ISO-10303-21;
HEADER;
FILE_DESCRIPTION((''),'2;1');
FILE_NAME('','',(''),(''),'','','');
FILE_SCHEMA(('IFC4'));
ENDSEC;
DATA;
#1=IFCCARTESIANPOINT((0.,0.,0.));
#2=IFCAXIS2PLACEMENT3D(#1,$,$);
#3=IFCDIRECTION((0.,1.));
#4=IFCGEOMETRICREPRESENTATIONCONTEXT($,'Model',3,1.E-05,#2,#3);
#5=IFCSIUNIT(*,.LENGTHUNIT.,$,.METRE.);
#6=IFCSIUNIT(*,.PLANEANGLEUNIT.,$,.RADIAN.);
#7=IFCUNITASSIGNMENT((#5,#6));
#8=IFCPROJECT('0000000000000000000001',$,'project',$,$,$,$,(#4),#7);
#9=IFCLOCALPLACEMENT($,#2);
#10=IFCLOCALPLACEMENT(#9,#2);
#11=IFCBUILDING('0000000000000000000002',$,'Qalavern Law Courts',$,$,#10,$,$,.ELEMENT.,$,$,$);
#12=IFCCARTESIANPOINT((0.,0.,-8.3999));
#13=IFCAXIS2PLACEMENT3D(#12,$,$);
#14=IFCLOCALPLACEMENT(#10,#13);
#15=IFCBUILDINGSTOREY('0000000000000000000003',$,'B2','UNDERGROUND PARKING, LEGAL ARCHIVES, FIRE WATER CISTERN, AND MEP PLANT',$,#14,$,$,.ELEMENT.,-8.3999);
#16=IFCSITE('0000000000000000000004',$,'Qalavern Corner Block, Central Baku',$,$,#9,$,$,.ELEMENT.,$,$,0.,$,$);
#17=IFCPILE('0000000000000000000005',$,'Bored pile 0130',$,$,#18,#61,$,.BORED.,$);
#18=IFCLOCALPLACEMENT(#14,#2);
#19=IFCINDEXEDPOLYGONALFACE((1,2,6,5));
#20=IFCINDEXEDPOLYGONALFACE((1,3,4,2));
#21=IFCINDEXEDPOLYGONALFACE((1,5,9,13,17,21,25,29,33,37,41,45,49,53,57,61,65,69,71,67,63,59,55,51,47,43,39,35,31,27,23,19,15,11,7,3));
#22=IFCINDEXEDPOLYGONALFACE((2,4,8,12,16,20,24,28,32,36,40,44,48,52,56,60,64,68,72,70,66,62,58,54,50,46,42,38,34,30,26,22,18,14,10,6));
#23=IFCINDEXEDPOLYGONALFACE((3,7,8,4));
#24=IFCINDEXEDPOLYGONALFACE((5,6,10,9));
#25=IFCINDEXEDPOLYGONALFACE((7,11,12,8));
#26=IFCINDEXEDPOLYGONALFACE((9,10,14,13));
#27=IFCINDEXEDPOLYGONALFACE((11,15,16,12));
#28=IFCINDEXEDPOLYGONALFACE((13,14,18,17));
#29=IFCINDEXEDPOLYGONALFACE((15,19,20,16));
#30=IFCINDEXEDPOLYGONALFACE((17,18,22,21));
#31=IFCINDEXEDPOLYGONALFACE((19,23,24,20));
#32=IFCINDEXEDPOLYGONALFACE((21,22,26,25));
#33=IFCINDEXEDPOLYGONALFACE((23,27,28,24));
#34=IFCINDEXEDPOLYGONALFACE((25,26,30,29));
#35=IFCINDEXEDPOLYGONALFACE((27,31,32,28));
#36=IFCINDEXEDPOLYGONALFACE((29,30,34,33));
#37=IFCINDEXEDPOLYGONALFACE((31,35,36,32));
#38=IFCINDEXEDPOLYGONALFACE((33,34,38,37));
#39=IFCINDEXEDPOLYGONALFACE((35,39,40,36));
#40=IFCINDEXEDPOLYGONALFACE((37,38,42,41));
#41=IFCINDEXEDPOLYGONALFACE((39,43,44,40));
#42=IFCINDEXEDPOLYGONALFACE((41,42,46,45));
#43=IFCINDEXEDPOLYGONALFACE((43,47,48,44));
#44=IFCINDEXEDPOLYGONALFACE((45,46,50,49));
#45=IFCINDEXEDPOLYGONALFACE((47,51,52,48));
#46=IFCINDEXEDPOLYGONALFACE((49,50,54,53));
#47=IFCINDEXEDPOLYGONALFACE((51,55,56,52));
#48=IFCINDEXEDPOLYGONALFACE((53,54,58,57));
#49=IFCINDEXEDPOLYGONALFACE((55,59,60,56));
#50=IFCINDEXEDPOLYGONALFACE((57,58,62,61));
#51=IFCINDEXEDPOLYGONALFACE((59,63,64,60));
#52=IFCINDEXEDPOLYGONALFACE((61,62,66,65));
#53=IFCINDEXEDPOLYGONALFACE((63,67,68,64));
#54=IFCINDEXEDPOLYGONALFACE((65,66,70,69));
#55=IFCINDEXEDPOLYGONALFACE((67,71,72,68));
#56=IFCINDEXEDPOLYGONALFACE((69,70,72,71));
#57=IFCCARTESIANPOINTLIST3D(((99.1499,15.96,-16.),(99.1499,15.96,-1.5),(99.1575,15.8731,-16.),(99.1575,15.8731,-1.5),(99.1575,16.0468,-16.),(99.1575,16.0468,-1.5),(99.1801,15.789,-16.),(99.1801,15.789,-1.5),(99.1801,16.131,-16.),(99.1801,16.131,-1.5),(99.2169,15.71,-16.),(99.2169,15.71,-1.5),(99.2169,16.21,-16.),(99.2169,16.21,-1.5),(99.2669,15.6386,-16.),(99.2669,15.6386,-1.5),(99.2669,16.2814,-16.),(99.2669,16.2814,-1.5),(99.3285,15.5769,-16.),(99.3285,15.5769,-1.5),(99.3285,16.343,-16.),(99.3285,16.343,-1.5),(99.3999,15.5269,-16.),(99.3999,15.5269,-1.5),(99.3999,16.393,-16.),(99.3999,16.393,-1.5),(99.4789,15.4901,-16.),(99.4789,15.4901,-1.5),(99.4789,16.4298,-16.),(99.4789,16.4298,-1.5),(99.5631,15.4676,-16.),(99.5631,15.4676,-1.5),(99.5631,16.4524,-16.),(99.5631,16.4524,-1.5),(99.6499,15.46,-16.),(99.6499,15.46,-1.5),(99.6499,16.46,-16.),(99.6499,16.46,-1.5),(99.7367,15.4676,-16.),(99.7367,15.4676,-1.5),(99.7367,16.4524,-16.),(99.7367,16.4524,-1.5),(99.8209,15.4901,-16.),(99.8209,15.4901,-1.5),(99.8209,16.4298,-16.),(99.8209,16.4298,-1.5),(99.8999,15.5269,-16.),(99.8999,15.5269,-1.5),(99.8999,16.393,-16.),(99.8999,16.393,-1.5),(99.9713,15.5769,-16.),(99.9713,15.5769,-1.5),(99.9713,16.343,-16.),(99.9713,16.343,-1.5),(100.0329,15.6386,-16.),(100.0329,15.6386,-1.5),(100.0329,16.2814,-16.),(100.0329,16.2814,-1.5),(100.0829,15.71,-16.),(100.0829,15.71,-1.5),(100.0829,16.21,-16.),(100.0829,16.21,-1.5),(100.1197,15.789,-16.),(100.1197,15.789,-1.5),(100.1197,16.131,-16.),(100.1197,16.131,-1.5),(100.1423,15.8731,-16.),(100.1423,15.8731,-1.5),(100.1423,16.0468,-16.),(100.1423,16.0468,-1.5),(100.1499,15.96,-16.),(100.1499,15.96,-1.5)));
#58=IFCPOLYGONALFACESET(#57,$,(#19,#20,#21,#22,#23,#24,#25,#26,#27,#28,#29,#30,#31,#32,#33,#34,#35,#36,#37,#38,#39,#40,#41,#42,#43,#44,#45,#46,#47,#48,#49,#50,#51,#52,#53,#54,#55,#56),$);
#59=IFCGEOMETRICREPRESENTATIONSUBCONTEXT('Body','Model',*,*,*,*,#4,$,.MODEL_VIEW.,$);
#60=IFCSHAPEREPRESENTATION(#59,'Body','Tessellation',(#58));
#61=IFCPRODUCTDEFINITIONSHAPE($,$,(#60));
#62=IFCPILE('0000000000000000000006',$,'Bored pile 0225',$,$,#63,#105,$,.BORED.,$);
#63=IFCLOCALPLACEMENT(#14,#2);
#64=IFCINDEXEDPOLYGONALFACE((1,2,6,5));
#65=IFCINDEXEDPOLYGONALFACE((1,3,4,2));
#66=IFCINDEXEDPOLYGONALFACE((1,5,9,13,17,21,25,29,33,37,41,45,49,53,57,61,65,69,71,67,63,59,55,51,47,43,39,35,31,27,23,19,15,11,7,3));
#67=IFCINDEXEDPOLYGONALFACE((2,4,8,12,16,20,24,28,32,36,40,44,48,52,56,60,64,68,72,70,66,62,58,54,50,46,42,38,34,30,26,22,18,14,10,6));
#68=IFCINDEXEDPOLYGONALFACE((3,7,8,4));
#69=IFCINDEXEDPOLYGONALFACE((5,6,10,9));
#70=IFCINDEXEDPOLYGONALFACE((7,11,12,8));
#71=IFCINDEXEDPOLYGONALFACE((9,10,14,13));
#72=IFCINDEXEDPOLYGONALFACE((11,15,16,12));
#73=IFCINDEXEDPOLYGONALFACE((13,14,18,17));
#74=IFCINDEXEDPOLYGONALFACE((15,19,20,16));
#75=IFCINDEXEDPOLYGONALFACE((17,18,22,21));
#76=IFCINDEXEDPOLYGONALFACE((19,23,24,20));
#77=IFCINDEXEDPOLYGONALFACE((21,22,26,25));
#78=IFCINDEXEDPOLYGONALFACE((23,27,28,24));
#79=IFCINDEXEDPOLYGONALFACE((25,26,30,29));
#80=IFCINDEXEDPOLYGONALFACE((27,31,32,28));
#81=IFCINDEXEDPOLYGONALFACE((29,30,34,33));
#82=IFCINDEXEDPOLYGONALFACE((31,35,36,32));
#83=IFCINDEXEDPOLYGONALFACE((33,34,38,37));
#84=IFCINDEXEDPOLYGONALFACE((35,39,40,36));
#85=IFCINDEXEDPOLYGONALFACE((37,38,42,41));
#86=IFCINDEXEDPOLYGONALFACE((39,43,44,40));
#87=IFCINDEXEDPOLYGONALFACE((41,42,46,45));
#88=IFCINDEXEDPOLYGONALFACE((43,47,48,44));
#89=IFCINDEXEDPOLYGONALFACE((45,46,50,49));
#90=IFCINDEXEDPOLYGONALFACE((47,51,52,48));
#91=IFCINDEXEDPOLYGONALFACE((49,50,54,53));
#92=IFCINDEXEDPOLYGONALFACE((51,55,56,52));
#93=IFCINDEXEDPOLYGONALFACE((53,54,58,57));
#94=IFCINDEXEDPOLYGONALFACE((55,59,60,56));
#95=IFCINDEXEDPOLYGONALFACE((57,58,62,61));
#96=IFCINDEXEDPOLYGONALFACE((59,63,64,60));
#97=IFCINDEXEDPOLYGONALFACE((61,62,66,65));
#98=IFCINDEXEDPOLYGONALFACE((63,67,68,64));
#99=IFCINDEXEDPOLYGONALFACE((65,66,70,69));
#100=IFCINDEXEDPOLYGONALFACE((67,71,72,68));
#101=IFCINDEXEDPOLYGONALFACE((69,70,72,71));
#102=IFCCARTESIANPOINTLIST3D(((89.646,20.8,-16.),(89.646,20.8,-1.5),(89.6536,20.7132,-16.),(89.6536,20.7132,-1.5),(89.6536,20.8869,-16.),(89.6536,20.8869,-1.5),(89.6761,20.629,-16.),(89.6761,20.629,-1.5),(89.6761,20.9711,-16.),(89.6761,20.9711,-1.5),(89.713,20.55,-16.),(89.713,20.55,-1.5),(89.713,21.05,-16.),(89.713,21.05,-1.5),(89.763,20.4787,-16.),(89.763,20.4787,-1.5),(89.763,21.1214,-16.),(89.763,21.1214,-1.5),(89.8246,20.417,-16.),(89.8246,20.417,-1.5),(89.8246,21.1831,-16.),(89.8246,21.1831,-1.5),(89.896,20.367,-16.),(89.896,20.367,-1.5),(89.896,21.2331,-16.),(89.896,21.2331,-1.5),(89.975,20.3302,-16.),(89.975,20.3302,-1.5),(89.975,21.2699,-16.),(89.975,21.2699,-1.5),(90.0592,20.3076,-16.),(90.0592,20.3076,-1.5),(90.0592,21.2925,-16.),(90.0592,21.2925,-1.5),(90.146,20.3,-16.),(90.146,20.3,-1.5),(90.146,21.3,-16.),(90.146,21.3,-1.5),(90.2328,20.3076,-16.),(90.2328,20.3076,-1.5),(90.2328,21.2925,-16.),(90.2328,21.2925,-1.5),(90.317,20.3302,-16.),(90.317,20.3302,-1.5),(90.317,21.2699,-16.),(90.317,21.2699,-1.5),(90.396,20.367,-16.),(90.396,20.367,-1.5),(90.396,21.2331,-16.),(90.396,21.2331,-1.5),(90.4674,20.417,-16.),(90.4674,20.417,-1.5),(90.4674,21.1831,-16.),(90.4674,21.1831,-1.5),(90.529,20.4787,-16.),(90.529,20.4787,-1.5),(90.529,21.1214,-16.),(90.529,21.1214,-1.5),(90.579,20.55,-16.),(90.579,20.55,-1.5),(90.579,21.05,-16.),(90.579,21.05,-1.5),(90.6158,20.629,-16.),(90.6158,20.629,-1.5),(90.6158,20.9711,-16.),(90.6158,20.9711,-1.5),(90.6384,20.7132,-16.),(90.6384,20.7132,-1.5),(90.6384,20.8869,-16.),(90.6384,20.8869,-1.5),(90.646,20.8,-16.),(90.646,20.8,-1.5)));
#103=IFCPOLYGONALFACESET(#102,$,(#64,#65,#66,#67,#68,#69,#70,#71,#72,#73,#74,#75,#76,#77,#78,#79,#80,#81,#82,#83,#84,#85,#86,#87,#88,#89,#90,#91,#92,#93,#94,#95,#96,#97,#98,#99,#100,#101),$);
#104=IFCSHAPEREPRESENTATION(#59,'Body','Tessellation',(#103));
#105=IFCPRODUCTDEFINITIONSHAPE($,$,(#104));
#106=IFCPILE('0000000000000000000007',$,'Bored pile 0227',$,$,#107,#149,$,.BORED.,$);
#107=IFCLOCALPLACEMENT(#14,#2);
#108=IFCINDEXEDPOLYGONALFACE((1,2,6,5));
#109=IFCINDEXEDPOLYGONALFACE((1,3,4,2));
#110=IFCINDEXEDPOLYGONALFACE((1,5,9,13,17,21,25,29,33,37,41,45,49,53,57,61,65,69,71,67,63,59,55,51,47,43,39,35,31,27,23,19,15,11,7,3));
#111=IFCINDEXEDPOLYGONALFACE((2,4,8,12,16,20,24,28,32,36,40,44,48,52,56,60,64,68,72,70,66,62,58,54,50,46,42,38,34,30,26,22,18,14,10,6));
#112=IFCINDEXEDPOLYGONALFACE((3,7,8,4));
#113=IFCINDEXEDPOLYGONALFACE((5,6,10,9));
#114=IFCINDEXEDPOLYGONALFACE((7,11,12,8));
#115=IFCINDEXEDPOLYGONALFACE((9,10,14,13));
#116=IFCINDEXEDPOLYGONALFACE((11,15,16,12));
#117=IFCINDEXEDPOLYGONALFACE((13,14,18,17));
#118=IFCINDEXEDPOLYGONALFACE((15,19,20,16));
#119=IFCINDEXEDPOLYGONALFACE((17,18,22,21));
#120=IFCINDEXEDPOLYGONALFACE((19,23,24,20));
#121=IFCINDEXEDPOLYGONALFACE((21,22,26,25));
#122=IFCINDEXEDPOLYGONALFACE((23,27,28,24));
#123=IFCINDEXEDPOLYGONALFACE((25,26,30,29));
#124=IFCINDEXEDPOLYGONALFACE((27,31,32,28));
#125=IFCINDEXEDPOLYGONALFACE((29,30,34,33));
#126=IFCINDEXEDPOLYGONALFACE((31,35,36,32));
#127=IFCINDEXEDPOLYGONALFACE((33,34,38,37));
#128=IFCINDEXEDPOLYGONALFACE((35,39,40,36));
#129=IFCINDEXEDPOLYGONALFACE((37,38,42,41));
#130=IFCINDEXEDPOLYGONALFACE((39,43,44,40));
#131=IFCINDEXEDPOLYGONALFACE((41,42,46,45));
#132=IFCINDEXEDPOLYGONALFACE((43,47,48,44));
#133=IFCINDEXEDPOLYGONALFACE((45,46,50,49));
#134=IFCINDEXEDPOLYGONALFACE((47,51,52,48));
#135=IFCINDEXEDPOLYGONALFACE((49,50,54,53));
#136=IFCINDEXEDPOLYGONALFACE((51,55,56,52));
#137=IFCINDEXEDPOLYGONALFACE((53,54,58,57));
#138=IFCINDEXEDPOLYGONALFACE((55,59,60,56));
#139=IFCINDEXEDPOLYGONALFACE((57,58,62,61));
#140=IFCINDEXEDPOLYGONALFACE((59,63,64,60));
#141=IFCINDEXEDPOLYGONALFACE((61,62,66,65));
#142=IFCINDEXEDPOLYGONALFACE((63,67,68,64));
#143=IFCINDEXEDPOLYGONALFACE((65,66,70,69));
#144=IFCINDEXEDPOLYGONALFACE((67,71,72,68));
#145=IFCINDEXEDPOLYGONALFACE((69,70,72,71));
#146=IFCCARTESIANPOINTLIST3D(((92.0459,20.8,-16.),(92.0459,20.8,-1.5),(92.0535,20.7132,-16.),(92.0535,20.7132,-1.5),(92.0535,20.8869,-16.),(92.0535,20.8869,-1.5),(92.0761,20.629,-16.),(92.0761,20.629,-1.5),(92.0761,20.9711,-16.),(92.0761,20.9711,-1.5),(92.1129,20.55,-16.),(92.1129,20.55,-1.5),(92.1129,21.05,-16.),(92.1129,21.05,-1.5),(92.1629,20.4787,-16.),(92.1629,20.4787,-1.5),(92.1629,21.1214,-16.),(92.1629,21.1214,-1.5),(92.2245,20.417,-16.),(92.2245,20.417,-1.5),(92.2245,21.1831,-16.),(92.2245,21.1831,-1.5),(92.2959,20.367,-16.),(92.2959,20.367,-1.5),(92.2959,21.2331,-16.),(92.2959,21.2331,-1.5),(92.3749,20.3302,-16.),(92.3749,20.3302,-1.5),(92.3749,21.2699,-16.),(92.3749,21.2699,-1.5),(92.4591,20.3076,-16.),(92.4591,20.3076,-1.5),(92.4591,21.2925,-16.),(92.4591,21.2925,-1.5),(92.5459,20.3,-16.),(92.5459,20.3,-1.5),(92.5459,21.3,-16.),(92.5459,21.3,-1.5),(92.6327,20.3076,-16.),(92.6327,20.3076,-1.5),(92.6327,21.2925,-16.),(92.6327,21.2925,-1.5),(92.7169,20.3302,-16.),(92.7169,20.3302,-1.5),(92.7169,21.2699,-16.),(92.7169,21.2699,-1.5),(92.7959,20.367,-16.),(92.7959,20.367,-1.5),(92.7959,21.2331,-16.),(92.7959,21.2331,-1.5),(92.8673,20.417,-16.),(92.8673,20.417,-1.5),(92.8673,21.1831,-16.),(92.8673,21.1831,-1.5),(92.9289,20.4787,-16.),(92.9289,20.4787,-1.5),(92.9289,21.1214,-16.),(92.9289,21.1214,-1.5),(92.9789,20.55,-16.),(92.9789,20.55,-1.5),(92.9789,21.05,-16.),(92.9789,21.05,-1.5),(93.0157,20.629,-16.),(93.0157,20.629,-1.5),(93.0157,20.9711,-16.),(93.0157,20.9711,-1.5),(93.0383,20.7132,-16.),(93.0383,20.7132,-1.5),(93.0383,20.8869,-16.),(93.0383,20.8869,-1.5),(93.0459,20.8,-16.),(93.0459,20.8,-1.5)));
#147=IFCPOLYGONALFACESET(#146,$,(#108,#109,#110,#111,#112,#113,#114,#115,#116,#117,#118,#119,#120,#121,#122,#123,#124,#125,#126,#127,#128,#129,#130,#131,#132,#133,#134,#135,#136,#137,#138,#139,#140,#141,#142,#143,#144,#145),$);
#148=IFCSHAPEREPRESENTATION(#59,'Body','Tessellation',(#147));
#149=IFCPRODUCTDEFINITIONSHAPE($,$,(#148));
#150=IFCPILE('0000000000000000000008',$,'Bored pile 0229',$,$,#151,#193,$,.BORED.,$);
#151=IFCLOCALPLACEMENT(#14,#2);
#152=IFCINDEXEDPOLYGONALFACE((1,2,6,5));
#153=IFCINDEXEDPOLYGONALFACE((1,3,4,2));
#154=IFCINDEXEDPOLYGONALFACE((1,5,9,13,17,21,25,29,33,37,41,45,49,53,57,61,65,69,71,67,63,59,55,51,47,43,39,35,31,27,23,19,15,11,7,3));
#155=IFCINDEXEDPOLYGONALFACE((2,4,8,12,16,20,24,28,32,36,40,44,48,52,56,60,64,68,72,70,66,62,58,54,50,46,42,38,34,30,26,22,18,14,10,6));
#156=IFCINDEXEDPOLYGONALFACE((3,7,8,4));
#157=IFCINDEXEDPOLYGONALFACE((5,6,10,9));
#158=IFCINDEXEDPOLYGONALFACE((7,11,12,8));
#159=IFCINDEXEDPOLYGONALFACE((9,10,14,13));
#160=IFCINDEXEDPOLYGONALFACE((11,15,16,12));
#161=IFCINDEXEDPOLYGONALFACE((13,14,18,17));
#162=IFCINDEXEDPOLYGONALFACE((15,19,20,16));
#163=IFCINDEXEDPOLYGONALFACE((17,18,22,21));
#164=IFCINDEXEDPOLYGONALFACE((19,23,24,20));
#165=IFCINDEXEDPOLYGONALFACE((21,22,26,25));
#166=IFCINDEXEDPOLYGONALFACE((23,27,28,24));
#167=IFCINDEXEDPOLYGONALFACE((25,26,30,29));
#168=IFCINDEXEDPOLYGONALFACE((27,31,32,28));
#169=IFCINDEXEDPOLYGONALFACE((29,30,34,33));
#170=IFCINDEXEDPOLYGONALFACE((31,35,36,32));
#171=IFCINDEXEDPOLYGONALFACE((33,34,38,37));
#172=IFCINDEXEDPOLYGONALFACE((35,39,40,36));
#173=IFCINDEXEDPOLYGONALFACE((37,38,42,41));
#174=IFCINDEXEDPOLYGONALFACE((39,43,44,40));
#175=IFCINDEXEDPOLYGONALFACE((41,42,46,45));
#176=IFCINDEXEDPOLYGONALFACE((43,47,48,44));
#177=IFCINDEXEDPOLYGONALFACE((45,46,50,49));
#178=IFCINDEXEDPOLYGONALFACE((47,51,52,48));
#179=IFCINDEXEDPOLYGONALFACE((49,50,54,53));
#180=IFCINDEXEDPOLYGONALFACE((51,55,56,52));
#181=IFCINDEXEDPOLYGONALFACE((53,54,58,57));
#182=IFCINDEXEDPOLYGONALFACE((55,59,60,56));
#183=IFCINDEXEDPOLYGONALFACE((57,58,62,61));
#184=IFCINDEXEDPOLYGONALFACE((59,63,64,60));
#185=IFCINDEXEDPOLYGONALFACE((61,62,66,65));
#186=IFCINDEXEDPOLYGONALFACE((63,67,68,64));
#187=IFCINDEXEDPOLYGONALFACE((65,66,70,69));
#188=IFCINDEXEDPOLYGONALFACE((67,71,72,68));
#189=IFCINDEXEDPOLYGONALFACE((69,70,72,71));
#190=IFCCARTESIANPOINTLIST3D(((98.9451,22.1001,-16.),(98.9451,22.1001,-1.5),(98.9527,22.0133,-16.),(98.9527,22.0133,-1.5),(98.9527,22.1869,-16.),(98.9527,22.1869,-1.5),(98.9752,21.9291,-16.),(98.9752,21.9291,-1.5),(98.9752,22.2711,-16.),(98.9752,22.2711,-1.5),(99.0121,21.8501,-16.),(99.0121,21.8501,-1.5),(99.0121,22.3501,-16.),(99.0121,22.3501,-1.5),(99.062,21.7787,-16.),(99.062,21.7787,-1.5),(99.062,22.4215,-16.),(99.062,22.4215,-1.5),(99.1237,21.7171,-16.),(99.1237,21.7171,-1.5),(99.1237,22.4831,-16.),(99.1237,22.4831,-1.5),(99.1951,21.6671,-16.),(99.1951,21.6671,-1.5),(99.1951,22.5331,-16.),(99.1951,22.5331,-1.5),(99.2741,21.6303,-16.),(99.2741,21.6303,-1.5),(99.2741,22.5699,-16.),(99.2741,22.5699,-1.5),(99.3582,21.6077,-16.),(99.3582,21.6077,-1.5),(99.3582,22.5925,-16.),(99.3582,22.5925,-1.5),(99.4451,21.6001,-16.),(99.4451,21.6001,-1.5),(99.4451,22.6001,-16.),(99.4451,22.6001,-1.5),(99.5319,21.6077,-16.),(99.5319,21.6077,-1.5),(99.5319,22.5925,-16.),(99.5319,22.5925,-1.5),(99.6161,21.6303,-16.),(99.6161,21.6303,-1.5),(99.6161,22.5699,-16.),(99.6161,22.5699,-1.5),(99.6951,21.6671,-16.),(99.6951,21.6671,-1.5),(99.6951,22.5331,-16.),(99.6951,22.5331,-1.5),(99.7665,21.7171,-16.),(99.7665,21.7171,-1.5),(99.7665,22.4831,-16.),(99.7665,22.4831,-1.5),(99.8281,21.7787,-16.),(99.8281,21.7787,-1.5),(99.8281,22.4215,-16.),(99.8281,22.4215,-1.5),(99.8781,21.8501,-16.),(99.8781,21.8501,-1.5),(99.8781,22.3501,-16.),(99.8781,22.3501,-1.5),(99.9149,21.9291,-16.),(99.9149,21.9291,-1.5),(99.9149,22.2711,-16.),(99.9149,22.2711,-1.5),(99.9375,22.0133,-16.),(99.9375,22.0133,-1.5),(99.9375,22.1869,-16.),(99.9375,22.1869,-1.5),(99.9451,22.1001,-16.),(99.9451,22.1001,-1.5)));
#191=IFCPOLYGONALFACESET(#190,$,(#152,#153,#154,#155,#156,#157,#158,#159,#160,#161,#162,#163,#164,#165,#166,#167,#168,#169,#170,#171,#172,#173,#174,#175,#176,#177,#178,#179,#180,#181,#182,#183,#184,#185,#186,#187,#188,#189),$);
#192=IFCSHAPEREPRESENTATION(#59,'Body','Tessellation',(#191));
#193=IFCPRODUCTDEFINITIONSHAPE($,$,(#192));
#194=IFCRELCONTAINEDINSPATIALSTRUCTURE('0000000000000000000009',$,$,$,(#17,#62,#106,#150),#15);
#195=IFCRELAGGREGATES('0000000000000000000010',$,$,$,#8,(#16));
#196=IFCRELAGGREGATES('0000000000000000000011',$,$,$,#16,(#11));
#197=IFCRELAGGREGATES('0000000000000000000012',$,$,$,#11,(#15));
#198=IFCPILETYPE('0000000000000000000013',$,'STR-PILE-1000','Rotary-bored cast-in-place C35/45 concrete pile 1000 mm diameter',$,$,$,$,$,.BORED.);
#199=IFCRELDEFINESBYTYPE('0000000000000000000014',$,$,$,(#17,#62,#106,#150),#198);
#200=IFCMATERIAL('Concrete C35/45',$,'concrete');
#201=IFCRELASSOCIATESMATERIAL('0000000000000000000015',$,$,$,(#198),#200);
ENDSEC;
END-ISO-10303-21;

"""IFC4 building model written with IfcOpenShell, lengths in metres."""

from ifc_helpers import new_model, si_unit, direction, frame, origin, origin_2d, place, context, subcontext, project, spatial, circle, extrude, material, material_profile, profile_set, type_object, element, save


model = new_model("IFC4")

# Units and contexts
model_context = context("Model", 3, precision=1e-05, world=origin(), true_north=direction((0.0, 1.0)))
body_context = subcontext(model_context, "Body", "Model", "MODEL_VIEW")
ifc_project = project(units=[si_unit("LENGTHUNIT", "METRE"), si_unit("PLANEANGLEUNIT", "RADIAN")], contexts=[model_context])

# Site, building, storey
site_placement = place(None, origin())
site = spatial("IfcSite", under=ifc_project, at=site_placement, Name="Qalavern Corner Block, Central Baku", CompositionType="ELEMENT", RefElevation=0.0)
building_placement = place(site_placement, origin())
building = spatial("IfcBuilding", under=site, at=building_placement, Name="Qalavern Law Courts", CompositionType="ELEMENT")
storey_placement = place(building_placement, frame((0.0, 0.0, -8.3999)))
storey = spatial("IfcBuildingStorey", under=building, at=storey_placement, Name="B2", Description="UNDERGROUND PARKING, LEGAL ARCHIVES, FIRE WATER CISTERN, AND MEP PLANT", CompositionType="ELEMENT", Elevation=-8.3999)

# Shared definitions
ifc_material_1 = material(Name="Concrete C35/45", Category="concrete")

# Piles
ifc_material_profile_1 = material_profile(ifc_material_1, circle(Radius=0.5, at=origin_2d()), Name="BORED PILE 1000")
ifc_profile_set_1 = profile_set([ifc_material_profile_1], Name="Concrete C35/45")
pile_type_1 = type_object("IfcPileType", Name="STR-PILE-1000", Description="Rotary-bored cast-in-place C35/45 concrete pile 1000 mm diameter", PredefinedType="BORED", material=ifc_profile_set_1)
for number, where, z_axis, x_axis, name in (
    (1, (99.6499, 15.96, -1.5), (0.0, 0.0, -1.0), (1.0, 0.0, 0.0), "Bored pile 0130"),
    (2, (90.146, 20.8, -1.5), (0.0, 0.0, -1.0), (1.0, 0.0, 0.0), "Bored pile 0225"),
    (3, (92.5459, 20.8, -1.5), (0.0, 0.0, -1.0), (1.0, 0.0, 0.0), "Bored pile 0227"),
    (4, (99.4451, 22.1001, -1.5), (0.0, 0.0, -1.0), (1.0, 0.0, 0.0), "Bored pile 0229"),
):
    element("IfcPile", number, at=place(storey_placement, frame(where, z_axis=z_axis, x_axis=x_axis)), inside=storey, type_object=pile_type_1, Name=name, PredefinedType="BORED", context=body_context, shape_type="SweptSolid", body=[
        extrude(circle(Radius=0.5, at=origin_2d()), origin(), (0.0, 0.0, 1.0), 14.5),
    ])

save(model, "model.ifc")
